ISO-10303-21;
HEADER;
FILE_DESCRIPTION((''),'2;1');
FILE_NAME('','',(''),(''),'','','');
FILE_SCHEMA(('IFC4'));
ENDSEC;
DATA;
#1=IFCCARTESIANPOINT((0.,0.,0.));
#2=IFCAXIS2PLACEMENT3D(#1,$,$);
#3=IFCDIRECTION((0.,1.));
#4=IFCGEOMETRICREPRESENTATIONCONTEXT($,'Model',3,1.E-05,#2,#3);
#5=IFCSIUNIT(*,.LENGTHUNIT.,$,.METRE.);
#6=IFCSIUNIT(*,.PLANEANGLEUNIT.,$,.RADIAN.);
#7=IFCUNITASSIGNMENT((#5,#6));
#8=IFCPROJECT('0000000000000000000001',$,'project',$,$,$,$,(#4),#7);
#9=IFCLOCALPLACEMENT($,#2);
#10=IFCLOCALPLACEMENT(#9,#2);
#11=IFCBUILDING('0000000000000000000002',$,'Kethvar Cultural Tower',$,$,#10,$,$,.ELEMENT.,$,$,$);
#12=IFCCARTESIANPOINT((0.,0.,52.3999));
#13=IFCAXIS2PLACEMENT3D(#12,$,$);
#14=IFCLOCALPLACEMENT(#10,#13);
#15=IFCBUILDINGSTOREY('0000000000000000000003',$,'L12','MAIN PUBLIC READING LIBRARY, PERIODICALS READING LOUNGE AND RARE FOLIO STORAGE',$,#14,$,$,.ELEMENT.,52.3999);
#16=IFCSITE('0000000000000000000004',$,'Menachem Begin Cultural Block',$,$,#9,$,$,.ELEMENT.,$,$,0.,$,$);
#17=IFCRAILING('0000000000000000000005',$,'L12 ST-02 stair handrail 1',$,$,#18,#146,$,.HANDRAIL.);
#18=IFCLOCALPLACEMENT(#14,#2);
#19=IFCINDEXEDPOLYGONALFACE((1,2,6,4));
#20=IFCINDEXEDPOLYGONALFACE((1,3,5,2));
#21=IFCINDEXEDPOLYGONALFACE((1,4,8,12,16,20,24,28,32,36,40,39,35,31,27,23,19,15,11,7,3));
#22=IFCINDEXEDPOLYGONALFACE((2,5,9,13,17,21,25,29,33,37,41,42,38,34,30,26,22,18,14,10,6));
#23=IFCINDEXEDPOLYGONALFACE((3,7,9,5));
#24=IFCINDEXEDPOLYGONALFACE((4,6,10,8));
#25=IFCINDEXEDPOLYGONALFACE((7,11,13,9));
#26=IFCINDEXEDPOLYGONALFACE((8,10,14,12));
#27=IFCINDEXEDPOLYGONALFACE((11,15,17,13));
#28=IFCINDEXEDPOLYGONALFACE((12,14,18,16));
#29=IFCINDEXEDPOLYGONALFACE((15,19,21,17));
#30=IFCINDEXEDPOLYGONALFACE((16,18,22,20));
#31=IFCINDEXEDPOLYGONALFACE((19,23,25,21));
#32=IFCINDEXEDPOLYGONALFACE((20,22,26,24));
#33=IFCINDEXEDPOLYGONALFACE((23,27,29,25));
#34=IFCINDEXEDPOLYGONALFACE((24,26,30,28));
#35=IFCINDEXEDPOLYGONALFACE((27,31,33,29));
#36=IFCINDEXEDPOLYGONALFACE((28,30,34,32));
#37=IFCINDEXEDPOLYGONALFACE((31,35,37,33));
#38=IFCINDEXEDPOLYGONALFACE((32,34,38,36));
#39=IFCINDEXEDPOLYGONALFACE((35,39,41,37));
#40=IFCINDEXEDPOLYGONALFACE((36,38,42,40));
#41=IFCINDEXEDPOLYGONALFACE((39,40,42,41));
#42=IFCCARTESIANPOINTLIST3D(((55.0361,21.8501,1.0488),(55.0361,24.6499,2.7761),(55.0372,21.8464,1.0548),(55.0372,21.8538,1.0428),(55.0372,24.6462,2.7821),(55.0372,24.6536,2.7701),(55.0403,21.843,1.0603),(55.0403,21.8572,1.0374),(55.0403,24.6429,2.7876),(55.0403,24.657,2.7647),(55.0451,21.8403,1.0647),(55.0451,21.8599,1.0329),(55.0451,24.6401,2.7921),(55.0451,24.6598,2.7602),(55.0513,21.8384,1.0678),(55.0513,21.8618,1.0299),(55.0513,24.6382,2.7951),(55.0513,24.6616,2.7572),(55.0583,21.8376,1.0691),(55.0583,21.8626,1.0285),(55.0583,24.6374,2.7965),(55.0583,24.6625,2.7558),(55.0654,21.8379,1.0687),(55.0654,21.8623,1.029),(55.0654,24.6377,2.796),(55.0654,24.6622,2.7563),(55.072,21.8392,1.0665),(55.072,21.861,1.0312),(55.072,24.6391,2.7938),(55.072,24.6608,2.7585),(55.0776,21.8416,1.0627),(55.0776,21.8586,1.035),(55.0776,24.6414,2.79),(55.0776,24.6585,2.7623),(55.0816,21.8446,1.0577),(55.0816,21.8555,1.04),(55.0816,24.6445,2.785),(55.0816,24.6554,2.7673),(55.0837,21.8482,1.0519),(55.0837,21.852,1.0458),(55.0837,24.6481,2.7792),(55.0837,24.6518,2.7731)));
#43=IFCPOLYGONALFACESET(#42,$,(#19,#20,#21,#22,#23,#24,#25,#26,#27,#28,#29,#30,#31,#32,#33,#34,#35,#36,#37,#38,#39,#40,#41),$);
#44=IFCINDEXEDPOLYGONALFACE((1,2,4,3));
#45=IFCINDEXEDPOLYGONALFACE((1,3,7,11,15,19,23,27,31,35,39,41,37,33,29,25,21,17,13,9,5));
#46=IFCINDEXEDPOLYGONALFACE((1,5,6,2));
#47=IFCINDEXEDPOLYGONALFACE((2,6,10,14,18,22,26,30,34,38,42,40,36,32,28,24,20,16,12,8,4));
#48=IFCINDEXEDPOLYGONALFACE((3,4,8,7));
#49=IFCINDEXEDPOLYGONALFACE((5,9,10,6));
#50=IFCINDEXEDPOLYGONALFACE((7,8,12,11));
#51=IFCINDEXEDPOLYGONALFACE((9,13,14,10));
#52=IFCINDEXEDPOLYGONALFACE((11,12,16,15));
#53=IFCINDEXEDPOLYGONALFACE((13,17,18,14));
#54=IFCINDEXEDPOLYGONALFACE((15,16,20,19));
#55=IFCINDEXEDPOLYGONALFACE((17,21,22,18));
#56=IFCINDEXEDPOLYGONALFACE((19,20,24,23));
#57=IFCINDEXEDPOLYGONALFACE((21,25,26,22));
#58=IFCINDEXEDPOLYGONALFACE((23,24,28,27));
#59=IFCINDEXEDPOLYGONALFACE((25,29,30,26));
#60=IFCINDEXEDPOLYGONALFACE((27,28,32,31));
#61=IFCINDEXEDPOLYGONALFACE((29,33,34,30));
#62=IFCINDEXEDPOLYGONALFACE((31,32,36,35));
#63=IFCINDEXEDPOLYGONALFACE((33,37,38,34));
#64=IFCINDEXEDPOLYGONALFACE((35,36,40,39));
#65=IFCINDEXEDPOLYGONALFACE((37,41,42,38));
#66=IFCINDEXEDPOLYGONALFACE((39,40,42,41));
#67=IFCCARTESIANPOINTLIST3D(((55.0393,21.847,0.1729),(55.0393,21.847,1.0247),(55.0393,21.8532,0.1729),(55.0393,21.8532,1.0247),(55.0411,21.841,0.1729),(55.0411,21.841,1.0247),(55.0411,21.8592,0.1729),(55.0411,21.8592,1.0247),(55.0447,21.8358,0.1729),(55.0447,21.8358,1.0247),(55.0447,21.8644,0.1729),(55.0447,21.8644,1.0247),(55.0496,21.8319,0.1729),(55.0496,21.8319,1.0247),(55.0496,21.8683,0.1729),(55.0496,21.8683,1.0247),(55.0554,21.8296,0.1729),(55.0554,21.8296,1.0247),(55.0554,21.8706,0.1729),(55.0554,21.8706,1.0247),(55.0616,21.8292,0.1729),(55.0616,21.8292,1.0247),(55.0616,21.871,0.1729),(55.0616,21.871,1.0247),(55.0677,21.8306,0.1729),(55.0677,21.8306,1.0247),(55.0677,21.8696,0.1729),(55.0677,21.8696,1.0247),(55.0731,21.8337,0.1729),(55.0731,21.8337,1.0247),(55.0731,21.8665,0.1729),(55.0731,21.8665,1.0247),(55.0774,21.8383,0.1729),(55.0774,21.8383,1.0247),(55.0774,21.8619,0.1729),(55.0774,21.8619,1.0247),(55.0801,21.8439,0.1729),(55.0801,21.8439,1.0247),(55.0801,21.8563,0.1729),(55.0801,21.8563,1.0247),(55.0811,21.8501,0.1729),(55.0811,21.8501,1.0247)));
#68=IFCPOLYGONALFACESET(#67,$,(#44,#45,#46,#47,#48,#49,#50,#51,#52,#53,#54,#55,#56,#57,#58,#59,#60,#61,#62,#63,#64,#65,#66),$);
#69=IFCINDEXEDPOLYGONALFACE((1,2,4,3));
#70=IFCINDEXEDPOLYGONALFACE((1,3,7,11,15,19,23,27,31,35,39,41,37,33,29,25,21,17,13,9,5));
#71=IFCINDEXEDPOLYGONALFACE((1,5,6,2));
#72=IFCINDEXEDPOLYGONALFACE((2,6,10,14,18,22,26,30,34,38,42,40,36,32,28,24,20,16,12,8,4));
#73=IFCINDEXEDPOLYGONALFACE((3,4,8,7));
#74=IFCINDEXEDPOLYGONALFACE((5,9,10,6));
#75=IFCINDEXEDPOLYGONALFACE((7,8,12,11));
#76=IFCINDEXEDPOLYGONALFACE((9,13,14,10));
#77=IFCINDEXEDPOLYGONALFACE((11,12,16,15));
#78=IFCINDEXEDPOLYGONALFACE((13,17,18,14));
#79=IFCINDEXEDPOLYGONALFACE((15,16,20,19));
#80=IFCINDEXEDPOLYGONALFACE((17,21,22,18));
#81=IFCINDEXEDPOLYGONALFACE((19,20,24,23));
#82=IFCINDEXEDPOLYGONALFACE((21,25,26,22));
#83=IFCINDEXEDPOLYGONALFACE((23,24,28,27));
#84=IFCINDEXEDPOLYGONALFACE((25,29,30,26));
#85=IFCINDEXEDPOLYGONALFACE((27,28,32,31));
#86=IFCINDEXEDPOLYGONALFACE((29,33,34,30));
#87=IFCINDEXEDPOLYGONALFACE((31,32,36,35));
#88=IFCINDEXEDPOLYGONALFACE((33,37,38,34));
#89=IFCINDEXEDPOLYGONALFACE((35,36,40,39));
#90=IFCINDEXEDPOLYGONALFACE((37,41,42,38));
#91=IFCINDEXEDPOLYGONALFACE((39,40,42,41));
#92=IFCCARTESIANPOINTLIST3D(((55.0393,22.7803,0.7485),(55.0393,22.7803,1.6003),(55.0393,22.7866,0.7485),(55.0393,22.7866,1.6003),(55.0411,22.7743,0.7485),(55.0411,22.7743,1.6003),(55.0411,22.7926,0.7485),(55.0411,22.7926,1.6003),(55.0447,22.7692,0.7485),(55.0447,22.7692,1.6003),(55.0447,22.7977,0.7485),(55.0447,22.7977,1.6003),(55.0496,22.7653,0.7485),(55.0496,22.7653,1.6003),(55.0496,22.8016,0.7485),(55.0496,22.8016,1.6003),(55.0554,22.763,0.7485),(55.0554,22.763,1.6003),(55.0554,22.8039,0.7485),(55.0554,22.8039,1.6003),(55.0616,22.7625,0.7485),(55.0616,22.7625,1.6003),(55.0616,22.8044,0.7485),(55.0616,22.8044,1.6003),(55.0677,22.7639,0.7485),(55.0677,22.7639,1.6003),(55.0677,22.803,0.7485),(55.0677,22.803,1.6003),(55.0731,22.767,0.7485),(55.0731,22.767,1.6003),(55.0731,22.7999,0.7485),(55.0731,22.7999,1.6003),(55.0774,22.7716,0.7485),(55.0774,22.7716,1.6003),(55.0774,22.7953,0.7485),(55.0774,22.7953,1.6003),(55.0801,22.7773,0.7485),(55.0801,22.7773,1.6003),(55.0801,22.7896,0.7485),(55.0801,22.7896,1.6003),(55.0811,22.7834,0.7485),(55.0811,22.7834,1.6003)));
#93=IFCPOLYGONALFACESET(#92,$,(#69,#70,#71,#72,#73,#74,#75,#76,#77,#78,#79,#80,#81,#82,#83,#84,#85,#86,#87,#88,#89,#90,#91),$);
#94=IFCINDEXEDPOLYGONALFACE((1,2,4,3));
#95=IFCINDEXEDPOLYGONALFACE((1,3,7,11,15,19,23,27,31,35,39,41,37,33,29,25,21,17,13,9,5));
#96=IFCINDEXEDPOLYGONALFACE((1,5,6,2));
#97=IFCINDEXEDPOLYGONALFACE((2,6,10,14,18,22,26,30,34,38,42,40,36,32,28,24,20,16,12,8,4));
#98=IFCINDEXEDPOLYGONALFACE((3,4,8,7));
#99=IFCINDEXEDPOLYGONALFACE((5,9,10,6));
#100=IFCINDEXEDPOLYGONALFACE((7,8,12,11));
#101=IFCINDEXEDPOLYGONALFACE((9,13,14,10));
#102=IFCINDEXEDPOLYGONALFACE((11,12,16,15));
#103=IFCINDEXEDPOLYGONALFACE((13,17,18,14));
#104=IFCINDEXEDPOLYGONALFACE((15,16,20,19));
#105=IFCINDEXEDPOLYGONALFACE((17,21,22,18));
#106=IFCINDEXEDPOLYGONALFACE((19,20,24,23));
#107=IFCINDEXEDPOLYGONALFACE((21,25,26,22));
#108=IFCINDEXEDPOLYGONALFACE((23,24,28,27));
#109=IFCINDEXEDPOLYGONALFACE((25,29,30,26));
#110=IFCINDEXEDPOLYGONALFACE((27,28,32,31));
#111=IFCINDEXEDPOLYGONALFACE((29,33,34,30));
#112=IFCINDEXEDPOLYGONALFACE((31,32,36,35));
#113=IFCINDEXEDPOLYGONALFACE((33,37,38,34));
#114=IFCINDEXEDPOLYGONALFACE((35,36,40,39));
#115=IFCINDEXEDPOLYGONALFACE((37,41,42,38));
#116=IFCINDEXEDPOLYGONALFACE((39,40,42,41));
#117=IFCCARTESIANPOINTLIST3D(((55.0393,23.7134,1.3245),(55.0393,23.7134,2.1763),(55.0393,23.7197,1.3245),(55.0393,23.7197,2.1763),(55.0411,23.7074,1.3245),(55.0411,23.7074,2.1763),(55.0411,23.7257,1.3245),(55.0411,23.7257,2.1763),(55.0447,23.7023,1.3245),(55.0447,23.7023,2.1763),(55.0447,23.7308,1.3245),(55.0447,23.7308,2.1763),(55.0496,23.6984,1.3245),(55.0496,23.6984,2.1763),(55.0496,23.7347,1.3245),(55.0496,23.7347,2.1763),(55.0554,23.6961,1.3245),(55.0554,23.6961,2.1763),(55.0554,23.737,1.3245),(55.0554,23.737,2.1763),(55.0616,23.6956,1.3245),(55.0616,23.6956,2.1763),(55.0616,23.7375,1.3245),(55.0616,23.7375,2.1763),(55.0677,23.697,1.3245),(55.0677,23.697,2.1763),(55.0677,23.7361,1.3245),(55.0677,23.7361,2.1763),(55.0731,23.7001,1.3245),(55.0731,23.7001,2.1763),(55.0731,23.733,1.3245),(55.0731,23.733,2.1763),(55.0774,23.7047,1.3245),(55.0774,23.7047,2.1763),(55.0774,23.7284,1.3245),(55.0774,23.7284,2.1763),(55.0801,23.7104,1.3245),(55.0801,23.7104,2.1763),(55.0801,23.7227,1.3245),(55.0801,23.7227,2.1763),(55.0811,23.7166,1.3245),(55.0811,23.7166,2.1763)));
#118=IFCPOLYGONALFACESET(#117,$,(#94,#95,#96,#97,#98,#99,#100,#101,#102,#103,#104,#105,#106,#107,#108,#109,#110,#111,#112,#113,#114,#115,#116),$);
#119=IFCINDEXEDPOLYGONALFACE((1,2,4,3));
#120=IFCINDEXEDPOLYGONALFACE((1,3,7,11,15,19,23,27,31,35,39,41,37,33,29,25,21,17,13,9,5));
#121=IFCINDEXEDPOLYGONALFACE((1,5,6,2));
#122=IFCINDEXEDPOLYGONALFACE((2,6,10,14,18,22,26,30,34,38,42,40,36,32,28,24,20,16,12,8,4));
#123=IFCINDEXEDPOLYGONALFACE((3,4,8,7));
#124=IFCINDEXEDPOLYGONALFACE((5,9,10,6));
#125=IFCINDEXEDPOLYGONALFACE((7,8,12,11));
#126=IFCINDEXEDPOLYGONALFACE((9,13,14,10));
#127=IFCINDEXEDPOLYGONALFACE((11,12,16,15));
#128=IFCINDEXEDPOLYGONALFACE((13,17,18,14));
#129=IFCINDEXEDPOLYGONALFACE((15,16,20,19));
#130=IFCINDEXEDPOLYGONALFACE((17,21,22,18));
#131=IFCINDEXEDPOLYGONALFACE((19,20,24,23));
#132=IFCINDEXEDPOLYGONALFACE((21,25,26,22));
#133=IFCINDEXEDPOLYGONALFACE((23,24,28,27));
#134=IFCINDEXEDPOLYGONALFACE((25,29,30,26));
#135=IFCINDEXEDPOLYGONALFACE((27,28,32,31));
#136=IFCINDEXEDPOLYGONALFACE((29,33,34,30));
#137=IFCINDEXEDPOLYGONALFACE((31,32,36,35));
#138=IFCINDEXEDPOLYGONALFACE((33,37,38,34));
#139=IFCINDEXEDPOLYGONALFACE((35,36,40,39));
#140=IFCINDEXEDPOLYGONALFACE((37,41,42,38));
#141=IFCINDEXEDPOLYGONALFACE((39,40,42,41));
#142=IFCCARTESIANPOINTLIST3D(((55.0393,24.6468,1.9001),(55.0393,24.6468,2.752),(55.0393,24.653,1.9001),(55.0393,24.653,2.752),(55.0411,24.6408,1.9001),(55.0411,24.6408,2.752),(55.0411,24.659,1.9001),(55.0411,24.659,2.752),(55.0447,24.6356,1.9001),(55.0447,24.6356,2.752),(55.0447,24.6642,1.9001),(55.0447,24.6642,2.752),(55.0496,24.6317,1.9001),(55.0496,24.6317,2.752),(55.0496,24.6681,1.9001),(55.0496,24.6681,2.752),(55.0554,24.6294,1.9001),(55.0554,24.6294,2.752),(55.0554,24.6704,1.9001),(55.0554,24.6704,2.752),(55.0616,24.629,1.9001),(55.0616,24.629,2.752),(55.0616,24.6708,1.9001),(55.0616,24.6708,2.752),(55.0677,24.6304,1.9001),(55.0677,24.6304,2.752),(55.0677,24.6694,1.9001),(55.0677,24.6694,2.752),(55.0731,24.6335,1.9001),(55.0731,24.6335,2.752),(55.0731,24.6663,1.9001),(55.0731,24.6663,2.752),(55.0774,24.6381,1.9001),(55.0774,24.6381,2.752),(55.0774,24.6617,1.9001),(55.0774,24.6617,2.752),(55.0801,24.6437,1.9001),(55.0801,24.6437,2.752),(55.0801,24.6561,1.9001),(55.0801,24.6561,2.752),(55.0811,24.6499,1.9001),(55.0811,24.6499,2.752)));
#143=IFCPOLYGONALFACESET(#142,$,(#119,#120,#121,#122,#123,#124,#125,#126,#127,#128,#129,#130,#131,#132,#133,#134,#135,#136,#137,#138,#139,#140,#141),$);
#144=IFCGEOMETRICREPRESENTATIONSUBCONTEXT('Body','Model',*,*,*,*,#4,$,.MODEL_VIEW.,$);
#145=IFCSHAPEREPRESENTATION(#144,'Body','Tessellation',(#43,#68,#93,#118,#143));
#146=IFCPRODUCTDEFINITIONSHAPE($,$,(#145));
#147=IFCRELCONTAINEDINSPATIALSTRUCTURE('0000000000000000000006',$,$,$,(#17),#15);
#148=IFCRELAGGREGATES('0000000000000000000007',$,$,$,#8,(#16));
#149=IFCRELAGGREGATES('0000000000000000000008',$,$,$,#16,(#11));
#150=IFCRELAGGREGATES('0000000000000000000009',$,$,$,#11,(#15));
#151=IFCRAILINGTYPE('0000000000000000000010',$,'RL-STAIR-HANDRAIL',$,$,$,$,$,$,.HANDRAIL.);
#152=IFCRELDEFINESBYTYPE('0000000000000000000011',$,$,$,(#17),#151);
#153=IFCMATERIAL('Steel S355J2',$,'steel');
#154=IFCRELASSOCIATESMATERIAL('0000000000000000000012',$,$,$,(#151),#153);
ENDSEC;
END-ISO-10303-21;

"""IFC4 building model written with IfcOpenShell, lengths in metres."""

from ifc_helpers import new_model, si_unit, direction, frame, origin, origin_2d, place, context, subcontext, project, spatial, circle, extrude, material, type_object, element, save


model = new_model("IFC4")

# Units and contexts
model_context = context("Model", 3, precision=1e-05, world=origin(), true_north=direction((0.0, 1.0)))
body_context = subcontext(model_context, "Body", "Model", "MODEL_VIEW")
ifc_project = project(units=[si_unit("LENGTHUNIT", "METRE"), si_unit("PLANEANGLEUNIT", "RADIAN")], contexts=[model_context])

# Site, building, storey
site_placement = place(None, origin())
site = spatial("IfcSite", under=ifc_project, at=site_placement, Name="Menachem Begin Cultural Block", CompositionType="ELEMENT", RefElevation=0.0)
building_placement = place(site_placement, origin())
building = spatial("IfcBuilding", under=site, at=building_placement, Name="Kethvar Cultural Tower", CompositionType="ELEMENT")
storey_placement = place(building_placement, frame((0.0, 0.0, 52.3999)))
storey = spatial("IfcBuildingStorey", under=building, at=storey_placement, Name="L12", Description="MAIN PUBLIC READING LIBRARY, PERIODICALS READING LOUNGE AND RARE FOLIO STORAGE", CompositionType="ELEMENT", Elevation=52.3999)

# Shared definitions
ifc_material_1 = material(Name="Steel S355J2", Category="steel")

# Railing
railing_type_1 = type_object("IfcRailingType", Name="RL-STAIR-HANDRAIL", PredefinedType="HANDRAIL", material=ifc_material_1)
railing_1_placement = place(storey_placement, frame((55.0601, 21.8501, 0.1729)))
element("IfcRailing", 1, at=railing_1_placement, inside=storey, type_object=railing_type_1, Name="L12 ST-02 stair handrail 1", PredefinedType="HANDRAIL", context=body_context, shape_type="SweptSolid", body=[
    extrude(circle(Radius=0.0239, at=origin_2d()), frame((0.0, 0.0, 0.876), z_axis=(0.0, 0.851069, 0.525054), x_axis=(-1.0, 0.0, 0.0)), (0.0, 0.0, 1.0), 3.2898),
    extrude(circle(Radius=0.021, at=origin_2d()), origin(), (0.0, 0.0, 1.0), 0.8518),
    extrude(circle(Radius=0.021, at=origin_2d()), frame((0.0, 0.9333, 0.5757)), (0.0, 0.0, 1.0), 0.8518),
    extrude(circle(Radius=0.021, at=origin_2d()), frame((0.0, 1.8665, 1.1516)), (0.0, 0.0, 1.0), 0.8518),
    extrude(circle(Radius=0.021, at=origin_2d()), frame((0.0, 2.7998, 1.7273)), (0.0, 0.0, 1.0), 0.8518),
])

save(model, "model.ifc")
